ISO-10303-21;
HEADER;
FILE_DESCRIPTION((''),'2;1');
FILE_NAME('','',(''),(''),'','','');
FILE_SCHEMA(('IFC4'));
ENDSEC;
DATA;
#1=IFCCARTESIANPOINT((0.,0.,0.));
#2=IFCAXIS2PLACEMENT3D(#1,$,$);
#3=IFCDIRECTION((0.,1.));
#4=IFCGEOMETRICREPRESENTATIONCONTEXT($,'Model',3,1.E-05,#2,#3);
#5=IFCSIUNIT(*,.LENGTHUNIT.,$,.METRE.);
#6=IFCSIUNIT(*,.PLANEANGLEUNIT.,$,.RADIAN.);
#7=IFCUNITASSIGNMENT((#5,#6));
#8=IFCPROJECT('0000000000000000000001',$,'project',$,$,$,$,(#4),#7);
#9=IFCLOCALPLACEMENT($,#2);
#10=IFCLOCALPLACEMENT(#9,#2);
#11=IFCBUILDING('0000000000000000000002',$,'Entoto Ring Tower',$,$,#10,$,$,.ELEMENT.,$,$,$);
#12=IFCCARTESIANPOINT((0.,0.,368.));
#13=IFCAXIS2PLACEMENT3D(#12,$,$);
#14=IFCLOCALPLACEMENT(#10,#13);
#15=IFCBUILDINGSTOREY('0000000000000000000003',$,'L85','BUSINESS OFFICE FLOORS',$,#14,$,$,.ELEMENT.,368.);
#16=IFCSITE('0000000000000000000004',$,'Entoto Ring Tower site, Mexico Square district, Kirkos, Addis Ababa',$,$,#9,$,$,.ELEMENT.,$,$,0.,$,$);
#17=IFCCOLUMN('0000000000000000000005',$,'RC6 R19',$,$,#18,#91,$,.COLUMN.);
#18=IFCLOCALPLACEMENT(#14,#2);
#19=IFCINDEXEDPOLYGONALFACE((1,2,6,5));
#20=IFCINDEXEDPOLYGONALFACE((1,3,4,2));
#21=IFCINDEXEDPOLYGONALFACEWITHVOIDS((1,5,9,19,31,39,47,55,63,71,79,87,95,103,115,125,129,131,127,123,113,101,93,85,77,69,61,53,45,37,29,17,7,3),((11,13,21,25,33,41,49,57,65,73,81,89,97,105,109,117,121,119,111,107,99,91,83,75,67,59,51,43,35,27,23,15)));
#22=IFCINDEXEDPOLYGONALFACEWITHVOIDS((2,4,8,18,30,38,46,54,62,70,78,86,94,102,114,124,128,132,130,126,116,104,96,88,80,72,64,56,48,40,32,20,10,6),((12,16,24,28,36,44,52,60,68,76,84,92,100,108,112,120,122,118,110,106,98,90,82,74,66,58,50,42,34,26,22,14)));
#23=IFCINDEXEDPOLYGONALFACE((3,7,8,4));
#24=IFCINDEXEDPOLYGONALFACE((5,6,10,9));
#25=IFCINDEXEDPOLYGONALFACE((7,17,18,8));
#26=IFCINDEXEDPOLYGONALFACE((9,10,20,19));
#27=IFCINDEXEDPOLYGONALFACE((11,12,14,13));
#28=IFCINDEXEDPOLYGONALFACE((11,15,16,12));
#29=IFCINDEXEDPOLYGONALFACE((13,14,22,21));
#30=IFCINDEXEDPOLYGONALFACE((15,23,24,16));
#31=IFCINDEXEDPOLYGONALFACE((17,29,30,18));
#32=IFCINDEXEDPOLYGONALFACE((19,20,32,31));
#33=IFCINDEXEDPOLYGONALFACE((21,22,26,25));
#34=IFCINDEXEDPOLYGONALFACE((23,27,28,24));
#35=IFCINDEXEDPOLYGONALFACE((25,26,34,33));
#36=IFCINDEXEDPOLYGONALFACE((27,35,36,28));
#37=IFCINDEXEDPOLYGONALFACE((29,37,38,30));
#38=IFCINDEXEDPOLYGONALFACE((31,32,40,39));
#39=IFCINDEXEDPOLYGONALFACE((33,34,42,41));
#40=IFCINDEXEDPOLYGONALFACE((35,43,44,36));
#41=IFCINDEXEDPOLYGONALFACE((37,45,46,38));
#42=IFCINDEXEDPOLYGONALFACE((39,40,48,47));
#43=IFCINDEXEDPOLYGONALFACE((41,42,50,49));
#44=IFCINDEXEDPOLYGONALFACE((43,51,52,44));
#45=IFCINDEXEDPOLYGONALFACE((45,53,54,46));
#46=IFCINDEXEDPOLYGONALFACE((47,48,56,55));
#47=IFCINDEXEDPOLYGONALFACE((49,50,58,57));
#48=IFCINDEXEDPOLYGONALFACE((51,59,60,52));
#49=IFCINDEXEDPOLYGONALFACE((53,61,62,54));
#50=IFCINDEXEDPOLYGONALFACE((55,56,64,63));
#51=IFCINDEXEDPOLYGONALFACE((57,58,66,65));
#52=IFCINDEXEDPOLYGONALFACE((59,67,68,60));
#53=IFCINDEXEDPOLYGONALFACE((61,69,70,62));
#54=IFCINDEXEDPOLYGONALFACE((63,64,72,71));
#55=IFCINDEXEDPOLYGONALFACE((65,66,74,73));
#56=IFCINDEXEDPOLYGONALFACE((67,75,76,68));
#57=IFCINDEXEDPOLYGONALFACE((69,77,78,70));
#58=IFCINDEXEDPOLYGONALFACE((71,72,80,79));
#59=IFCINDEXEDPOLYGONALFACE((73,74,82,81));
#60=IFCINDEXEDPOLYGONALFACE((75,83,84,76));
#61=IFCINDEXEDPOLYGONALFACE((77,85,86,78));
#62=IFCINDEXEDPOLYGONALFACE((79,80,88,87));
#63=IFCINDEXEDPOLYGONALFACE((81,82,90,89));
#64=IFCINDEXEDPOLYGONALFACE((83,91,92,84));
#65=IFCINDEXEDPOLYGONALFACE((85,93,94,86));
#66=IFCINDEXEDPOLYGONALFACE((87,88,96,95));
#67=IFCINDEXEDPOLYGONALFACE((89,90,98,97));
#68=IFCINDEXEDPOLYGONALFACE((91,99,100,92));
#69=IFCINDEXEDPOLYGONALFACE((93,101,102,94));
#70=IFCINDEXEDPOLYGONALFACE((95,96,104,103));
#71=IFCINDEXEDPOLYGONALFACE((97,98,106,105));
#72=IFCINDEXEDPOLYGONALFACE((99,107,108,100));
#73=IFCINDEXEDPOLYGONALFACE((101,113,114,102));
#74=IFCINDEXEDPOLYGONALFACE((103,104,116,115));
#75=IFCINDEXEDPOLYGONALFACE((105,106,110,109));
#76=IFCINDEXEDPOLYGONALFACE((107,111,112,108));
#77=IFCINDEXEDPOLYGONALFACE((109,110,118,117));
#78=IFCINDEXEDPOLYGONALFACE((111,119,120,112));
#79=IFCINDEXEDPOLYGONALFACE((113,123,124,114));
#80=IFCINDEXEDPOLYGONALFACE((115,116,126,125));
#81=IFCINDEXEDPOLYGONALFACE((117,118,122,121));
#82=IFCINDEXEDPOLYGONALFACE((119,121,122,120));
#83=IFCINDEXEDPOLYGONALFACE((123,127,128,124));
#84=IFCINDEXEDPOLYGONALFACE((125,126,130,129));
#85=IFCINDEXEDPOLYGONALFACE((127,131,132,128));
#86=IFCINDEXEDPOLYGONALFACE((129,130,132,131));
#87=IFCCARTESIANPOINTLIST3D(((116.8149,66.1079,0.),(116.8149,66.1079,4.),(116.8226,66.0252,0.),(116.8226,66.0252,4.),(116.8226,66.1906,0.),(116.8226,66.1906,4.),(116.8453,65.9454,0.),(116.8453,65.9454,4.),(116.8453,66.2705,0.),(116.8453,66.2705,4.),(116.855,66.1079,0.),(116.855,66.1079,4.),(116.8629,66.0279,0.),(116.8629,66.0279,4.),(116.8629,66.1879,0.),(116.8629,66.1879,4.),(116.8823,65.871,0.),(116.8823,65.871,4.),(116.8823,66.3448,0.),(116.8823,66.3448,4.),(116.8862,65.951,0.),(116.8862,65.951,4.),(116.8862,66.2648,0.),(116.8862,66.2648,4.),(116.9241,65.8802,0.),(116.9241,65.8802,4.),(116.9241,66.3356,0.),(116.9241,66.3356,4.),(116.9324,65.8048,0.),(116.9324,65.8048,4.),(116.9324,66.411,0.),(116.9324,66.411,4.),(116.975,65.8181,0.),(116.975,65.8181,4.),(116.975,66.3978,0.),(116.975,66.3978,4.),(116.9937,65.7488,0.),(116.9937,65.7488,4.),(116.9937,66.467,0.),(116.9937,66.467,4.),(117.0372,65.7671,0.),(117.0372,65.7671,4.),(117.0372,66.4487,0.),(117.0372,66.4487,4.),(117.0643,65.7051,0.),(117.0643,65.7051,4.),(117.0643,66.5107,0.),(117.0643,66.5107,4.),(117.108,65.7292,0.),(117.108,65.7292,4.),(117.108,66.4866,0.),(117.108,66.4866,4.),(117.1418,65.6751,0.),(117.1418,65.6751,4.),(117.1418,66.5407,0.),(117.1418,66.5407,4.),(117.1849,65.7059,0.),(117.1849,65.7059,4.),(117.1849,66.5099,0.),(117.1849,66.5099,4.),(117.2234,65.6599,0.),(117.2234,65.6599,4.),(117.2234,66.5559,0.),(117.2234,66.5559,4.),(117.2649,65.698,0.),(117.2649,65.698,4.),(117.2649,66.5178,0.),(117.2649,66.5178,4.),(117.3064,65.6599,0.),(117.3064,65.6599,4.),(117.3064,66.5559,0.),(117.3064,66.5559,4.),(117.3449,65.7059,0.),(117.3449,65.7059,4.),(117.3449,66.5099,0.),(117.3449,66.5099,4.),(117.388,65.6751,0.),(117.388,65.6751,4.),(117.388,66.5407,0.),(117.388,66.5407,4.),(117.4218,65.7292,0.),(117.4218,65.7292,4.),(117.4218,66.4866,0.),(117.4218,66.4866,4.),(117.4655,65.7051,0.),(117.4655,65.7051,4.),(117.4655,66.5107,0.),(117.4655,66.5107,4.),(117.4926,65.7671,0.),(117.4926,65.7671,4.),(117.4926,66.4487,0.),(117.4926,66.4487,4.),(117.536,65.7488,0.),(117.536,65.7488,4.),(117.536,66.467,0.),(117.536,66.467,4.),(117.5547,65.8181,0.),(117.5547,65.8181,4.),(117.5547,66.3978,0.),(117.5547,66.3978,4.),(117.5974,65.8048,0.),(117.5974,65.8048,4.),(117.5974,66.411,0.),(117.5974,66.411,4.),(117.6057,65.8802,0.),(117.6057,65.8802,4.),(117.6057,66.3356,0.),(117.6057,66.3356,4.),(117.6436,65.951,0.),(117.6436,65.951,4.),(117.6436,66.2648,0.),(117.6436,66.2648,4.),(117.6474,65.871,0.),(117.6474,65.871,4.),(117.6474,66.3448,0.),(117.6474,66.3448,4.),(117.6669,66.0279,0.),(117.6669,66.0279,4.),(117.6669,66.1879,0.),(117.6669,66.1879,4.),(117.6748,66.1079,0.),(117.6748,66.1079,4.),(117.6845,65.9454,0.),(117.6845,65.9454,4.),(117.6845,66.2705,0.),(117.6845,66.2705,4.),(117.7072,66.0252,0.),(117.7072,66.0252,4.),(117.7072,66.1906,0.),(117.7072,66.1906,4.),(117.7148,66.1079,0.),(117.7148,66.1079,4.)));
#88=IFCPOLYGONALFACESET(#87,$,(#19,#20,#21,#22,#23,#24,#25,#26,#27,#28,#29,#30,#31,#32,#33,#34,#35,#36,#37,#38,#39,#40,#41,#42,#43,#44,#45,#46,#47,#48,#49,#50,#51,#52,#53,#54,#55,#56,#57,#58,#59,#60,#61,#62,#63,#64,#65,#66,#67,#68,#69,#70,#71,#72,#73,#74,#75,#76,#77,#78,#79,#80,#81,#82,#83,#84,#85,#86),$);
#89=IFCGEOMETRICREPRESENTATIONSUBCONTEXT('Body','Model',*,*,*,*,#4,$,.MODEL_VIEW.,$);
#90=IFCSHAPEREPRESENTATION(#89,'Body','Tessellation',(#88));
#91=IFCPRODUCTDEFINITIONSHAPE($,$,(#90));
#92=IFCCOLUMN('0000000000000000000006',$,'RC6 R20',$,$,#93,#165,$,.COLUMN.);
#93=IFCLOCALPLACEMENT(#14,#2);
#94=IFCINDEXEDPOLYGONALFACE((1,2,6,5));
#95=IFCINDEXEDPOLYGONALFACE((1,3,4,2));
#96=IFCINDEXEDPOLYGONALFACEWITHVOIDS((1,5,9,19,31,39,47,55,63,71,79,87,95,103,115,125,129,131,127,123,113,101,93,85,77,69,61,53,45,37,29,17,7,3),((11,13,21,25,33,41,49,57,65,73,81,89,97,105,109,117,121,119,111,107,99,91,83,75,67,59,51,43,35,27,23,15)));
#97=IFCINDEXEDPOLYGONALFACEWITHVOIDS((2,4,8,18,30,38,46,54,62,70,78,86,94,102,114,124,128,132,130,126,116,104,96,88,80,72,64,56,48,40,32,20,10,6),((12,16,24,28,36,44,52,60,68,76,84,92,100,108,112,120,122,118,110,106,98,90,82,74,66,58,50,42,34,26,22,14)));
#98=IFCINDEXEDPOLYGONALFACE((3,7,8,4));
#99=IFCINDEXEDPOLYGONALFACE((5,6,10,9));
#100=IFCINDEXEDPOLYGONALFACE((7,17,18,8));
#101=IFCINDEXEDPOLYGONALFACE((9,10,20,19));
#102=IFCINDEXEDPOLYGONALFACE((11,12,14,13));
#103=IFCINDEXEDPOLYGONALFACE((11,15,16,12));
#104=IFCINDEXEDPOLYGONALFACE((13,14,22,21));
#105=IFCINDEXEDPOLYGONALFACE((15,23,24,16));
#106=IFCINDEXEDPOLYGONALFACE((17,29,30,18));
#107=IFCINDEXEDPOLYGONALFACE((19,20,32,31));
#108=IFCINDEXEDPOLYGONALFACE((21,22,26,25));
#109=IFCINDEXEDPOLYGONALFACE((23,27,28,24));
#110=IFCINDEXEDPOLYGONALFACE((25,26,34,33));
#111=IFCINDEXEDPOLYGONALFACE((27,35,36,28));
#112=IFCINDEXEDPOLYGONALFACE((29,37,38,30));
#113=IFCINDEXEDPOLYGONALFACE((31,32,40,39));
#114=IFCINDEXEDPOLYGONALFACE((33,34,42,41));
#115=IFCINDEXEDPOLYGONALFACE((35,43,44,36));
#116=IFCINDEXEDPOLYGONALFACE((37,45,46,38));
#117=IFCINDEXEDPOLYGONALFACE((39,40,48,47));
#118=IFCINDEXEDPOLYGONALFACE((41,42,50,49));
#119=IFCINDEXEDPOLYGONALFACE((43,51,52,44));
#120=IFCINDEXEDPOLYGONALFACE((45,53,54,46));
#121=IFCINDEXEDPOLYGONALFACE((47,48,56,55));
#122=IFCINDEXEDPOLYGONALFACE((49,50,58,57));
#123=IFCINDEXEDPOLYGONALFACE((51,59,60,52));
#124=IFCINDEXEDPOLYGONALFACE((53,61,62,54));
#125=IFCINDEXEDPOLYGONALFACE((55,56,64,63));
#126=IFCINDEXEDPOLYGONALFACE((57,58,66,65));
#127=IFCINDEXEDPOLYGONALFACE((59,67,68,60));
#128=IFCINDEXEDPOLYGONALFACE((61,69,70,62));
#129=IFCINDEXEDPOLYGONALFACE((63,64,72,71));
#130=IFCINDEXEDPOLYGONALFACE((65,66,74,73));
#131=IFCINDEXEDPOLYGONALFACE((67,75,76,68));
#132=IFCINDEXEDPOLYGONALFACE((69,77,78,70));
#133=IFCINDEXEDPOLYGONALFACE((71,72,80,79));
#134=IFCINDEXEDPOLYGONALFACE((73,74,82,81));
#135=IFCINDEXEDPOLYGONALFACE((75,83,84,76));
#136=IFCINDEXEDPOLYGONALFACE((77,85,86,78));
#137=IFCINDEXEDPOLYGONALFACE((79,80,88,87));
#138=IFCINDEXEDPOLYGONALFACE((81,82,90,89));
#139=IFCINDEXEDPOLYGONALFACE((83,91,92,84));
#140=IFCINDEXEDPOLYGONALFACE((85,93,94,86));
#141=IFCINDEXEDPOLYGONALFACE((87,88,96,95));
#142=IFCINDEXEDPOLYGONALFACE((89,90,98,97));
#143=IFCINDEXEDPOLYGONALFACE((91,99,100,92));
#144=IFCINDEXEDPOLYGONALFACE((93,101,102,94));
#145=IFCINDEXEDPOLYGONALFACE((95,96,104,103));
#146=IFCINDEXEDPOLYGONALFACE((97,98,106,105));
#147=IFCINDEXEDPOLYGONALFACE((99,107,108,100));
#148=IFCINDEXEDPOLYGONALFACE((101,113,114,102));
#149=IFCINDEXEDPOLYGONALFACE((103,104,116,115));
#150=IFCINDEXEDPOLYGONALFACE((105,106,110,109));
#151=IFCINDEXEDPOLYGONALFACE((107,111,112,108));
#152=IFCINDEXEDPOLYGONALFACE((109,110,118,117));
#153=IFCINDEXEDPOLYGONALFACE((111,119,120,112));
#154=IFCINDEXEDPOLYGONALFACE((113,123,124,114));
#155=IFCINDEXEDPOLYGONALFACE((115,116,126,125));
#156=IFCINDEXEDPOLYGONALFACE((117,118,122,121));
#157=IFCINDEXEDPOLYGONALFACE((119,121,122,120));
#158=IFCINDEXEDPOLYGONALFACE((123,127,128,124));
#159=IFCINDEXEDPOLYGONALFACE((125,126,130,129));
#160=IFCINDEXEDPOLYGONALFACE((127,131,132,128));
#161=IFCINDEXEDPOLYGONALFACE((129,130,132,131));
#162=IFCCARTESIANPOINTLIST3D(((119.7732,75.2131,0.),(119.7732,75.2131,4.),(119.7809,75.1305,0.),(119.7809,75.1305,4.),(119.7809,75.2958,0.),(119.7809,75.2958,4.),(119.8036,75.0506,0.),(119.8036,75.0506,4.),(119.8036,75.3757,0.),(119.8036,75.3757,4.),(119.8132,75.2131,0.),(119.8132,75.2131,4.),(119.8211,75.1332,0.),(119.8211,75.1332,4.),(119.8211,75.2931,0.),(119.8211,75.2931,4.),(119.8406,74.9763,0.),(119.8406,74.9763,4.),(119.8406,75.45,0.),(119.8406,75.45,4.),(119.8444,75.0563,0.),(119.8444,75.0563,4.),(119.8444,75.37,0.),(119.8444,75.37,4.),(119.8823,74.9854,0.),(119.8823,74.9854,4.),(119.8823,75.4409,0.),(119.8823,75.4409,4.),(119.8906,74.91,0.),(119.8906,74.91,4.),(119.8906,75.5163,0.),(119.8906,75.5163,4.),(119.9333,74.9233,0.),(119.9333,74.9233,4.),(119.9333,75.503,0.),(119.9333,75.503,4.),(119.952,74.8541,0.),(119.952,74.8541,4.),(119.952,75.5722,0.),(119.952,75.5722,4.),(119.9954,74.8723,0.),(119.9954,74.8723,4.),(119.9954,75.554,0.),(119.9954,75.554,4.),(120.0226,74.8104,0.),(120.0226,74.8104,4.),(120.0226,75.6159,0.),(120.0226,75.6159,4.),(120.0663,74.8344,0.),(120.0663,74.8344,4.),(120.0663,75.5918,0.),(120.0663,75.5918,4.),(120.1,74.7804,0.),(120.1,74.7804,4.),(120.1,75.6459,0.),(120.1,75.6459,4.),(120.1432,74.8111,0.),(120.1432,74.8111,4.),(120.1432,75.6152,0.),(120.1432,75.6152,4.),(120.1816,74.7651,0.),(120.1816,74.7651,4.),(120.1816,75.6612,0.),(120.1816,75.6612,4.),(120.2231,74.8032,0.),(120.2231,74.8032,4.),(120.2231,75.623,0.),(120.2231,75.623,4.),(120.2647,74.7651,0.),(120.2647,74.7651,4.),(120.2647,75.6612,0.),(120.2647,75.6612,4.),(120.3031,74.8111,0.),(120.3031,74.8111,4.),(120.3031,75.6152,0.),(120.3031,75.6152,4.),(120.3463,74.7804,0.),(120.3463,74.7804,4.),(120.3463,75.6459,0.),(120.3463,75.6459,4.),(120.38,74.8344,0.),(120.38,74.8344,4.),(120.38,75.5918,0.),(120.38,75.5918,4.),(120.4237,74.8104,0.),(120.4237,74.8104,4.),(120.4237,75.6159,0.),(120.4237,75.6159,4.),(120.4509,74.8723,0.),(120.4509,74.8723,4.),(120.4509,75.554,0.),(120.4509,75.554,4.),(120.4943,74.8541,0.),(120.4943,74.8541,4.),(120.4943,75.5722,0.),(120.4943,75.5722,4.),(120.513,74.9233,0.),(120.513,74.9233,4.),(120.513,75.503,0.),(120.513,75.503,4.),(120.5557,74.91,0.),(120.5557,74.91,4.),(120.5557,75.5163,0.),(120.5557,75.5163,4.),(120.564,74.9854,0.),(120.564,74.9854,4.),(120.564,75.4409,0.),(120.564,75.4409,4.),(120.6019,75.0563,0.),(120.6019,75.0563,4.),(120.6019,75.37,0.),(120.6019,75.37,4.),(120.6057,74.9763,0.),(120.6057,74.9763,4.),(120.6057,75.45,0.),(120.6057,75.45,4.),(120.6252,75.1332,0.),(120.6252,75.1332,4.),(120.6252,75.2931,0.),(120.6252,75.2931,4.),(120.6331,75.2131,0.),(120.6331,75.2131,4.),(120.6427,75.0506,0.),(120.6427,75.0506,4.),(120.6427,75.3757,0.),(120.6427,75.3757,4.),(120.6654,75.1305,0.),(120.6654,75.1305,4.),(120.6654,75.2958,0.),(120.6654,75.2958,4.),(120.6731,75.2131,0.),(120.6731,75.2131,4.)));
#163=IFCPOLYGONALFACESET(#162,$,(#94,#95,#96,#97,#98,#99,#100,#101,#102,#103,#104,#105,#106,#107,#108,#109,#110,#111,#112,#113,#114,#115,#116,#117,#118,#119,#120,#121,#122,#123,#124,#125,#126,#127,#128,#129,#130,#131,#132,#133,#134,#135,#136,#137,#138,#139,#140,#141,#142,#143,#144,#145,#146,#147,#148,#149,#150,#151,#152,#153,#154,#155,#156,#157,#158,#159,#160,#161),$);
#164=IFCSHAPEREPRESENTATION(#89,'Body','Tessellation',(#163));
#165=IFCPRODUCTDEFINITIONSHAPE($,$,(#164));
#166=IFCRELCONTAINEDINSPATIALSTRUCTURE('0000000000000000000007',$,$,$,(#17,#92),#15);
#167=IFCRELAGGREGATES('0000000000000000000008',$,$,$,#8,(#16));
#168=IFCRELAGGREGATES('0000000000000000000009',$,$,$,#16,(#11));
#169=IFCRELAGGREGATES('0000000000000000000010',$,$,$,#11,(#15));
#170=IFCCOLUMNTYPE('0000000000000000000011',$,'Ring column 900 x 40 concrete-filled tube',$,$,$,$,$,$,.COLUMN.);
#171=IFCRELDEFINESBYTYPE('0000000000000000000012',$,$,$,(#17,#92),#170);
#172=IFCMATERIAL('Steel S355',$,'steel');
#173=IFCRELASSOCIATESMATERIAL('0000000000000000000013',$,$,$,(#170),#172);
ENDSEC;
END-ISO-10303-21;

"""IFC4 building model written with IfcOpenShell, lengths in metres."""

from ifc_helpers import new_model, si_unit, direction, frame, origin, origin_2d, place, context, subcontext, project, spatial, circle, hollow_circle, extrude, material, material_profile, profile_set, type_object, element, save


model = new_model("IFC4")

# Units and contexts
model_context = context("Model", 3, precision=1e-05, world=origin(), true_north=direction((0.0, 1.0)))
body_context = subcontext(model_context, "Body", "Model", "MODEL_VIEW")
ifc_project = project(units=[si_unit("LENGTHUNIT", "METRE"), si_unit("PLANEANGLEUNIT", "RADIAN")], contexts=[model_context])

# Site, building, storey
site_placement = place(None, origin())
site = spatial("IfcSite", under=ifc_project, at=site_placement, Name="Entoto Ring Tower site, Mexico Square district, Kirkos, Addis Ababa", CompositionType="ELEMENT", RefElevation=0.0)
building_placement = place(site_placement, origin())
building = spatial("IfcBuilding", under=site, at=building_placement, Name="Entoto Ring Tower", CompositionType="ELEMENT")
storey_placement = place(building_placement, frame((0.0, 0.0, 368.0)))
storey = spatial("IfcBuildingStorey", under=building, at=storey_placement, Name="L85", Description="BUSINESS OFFICE FLOORS", CompositionType="ELEMENT", Elevation=368.0)

# Columns
ifc_material_1 = material(Name="Steel S355", Category="steel")
ifc_material_profile_1 = material_profile(ifc_material_1, hollow_circle(Radius=0.45, WallThickness=0.04, at=origin_2d()), Name="CHS 900 x 40")
ifc_material_2 = material(Name="Concrete C60/75", Category="concrete")
ifc_material_profile_2 = material_profile(ifc_material_2, circle(Radius=0.4099, at=origin_2d()), Name="Concrete C60/75 infill")
ifc_profile_set_1 = profile_set([ifc_material_profile_1, ifc_material_profile_2], Name="Steel S355")
column_type = type_object("IfcColumnType", Name="Ring column 900 x 40 concrete-filled tube", PredefinedType="COLUMN", material=ifc_profile_set_1)
for number, where, z_axis, x_axis, name in (
    (1, (117.2649, 66.1079, 0.0), (0.0, 0.0, 1.0), (1.0, 0.0, 0.0), "RC6 R19"),
    (2, (120.2231, 75.2131, 0.0), (0.0, 0.0, 1.0), (1.0, 0.0, 0.0), "RC6 R20"),
):
    element("IfcColumn", number, at=place(storey_placement, frame(where, z_axis=z_axis, x_axis=x_axis)), inside=storey, type_object=column_type, Name=name, PredefinedType="COLUMN", context=body_context, shape_type="SweptSolid", body=[
        extrude(hollow_circle(Radius=0.45, WallThickness=0.04, at=origin_2d()), origin(), (0.0, 0.0, 1.0), 4.0),
    ])

save(model, "model.ifc")
